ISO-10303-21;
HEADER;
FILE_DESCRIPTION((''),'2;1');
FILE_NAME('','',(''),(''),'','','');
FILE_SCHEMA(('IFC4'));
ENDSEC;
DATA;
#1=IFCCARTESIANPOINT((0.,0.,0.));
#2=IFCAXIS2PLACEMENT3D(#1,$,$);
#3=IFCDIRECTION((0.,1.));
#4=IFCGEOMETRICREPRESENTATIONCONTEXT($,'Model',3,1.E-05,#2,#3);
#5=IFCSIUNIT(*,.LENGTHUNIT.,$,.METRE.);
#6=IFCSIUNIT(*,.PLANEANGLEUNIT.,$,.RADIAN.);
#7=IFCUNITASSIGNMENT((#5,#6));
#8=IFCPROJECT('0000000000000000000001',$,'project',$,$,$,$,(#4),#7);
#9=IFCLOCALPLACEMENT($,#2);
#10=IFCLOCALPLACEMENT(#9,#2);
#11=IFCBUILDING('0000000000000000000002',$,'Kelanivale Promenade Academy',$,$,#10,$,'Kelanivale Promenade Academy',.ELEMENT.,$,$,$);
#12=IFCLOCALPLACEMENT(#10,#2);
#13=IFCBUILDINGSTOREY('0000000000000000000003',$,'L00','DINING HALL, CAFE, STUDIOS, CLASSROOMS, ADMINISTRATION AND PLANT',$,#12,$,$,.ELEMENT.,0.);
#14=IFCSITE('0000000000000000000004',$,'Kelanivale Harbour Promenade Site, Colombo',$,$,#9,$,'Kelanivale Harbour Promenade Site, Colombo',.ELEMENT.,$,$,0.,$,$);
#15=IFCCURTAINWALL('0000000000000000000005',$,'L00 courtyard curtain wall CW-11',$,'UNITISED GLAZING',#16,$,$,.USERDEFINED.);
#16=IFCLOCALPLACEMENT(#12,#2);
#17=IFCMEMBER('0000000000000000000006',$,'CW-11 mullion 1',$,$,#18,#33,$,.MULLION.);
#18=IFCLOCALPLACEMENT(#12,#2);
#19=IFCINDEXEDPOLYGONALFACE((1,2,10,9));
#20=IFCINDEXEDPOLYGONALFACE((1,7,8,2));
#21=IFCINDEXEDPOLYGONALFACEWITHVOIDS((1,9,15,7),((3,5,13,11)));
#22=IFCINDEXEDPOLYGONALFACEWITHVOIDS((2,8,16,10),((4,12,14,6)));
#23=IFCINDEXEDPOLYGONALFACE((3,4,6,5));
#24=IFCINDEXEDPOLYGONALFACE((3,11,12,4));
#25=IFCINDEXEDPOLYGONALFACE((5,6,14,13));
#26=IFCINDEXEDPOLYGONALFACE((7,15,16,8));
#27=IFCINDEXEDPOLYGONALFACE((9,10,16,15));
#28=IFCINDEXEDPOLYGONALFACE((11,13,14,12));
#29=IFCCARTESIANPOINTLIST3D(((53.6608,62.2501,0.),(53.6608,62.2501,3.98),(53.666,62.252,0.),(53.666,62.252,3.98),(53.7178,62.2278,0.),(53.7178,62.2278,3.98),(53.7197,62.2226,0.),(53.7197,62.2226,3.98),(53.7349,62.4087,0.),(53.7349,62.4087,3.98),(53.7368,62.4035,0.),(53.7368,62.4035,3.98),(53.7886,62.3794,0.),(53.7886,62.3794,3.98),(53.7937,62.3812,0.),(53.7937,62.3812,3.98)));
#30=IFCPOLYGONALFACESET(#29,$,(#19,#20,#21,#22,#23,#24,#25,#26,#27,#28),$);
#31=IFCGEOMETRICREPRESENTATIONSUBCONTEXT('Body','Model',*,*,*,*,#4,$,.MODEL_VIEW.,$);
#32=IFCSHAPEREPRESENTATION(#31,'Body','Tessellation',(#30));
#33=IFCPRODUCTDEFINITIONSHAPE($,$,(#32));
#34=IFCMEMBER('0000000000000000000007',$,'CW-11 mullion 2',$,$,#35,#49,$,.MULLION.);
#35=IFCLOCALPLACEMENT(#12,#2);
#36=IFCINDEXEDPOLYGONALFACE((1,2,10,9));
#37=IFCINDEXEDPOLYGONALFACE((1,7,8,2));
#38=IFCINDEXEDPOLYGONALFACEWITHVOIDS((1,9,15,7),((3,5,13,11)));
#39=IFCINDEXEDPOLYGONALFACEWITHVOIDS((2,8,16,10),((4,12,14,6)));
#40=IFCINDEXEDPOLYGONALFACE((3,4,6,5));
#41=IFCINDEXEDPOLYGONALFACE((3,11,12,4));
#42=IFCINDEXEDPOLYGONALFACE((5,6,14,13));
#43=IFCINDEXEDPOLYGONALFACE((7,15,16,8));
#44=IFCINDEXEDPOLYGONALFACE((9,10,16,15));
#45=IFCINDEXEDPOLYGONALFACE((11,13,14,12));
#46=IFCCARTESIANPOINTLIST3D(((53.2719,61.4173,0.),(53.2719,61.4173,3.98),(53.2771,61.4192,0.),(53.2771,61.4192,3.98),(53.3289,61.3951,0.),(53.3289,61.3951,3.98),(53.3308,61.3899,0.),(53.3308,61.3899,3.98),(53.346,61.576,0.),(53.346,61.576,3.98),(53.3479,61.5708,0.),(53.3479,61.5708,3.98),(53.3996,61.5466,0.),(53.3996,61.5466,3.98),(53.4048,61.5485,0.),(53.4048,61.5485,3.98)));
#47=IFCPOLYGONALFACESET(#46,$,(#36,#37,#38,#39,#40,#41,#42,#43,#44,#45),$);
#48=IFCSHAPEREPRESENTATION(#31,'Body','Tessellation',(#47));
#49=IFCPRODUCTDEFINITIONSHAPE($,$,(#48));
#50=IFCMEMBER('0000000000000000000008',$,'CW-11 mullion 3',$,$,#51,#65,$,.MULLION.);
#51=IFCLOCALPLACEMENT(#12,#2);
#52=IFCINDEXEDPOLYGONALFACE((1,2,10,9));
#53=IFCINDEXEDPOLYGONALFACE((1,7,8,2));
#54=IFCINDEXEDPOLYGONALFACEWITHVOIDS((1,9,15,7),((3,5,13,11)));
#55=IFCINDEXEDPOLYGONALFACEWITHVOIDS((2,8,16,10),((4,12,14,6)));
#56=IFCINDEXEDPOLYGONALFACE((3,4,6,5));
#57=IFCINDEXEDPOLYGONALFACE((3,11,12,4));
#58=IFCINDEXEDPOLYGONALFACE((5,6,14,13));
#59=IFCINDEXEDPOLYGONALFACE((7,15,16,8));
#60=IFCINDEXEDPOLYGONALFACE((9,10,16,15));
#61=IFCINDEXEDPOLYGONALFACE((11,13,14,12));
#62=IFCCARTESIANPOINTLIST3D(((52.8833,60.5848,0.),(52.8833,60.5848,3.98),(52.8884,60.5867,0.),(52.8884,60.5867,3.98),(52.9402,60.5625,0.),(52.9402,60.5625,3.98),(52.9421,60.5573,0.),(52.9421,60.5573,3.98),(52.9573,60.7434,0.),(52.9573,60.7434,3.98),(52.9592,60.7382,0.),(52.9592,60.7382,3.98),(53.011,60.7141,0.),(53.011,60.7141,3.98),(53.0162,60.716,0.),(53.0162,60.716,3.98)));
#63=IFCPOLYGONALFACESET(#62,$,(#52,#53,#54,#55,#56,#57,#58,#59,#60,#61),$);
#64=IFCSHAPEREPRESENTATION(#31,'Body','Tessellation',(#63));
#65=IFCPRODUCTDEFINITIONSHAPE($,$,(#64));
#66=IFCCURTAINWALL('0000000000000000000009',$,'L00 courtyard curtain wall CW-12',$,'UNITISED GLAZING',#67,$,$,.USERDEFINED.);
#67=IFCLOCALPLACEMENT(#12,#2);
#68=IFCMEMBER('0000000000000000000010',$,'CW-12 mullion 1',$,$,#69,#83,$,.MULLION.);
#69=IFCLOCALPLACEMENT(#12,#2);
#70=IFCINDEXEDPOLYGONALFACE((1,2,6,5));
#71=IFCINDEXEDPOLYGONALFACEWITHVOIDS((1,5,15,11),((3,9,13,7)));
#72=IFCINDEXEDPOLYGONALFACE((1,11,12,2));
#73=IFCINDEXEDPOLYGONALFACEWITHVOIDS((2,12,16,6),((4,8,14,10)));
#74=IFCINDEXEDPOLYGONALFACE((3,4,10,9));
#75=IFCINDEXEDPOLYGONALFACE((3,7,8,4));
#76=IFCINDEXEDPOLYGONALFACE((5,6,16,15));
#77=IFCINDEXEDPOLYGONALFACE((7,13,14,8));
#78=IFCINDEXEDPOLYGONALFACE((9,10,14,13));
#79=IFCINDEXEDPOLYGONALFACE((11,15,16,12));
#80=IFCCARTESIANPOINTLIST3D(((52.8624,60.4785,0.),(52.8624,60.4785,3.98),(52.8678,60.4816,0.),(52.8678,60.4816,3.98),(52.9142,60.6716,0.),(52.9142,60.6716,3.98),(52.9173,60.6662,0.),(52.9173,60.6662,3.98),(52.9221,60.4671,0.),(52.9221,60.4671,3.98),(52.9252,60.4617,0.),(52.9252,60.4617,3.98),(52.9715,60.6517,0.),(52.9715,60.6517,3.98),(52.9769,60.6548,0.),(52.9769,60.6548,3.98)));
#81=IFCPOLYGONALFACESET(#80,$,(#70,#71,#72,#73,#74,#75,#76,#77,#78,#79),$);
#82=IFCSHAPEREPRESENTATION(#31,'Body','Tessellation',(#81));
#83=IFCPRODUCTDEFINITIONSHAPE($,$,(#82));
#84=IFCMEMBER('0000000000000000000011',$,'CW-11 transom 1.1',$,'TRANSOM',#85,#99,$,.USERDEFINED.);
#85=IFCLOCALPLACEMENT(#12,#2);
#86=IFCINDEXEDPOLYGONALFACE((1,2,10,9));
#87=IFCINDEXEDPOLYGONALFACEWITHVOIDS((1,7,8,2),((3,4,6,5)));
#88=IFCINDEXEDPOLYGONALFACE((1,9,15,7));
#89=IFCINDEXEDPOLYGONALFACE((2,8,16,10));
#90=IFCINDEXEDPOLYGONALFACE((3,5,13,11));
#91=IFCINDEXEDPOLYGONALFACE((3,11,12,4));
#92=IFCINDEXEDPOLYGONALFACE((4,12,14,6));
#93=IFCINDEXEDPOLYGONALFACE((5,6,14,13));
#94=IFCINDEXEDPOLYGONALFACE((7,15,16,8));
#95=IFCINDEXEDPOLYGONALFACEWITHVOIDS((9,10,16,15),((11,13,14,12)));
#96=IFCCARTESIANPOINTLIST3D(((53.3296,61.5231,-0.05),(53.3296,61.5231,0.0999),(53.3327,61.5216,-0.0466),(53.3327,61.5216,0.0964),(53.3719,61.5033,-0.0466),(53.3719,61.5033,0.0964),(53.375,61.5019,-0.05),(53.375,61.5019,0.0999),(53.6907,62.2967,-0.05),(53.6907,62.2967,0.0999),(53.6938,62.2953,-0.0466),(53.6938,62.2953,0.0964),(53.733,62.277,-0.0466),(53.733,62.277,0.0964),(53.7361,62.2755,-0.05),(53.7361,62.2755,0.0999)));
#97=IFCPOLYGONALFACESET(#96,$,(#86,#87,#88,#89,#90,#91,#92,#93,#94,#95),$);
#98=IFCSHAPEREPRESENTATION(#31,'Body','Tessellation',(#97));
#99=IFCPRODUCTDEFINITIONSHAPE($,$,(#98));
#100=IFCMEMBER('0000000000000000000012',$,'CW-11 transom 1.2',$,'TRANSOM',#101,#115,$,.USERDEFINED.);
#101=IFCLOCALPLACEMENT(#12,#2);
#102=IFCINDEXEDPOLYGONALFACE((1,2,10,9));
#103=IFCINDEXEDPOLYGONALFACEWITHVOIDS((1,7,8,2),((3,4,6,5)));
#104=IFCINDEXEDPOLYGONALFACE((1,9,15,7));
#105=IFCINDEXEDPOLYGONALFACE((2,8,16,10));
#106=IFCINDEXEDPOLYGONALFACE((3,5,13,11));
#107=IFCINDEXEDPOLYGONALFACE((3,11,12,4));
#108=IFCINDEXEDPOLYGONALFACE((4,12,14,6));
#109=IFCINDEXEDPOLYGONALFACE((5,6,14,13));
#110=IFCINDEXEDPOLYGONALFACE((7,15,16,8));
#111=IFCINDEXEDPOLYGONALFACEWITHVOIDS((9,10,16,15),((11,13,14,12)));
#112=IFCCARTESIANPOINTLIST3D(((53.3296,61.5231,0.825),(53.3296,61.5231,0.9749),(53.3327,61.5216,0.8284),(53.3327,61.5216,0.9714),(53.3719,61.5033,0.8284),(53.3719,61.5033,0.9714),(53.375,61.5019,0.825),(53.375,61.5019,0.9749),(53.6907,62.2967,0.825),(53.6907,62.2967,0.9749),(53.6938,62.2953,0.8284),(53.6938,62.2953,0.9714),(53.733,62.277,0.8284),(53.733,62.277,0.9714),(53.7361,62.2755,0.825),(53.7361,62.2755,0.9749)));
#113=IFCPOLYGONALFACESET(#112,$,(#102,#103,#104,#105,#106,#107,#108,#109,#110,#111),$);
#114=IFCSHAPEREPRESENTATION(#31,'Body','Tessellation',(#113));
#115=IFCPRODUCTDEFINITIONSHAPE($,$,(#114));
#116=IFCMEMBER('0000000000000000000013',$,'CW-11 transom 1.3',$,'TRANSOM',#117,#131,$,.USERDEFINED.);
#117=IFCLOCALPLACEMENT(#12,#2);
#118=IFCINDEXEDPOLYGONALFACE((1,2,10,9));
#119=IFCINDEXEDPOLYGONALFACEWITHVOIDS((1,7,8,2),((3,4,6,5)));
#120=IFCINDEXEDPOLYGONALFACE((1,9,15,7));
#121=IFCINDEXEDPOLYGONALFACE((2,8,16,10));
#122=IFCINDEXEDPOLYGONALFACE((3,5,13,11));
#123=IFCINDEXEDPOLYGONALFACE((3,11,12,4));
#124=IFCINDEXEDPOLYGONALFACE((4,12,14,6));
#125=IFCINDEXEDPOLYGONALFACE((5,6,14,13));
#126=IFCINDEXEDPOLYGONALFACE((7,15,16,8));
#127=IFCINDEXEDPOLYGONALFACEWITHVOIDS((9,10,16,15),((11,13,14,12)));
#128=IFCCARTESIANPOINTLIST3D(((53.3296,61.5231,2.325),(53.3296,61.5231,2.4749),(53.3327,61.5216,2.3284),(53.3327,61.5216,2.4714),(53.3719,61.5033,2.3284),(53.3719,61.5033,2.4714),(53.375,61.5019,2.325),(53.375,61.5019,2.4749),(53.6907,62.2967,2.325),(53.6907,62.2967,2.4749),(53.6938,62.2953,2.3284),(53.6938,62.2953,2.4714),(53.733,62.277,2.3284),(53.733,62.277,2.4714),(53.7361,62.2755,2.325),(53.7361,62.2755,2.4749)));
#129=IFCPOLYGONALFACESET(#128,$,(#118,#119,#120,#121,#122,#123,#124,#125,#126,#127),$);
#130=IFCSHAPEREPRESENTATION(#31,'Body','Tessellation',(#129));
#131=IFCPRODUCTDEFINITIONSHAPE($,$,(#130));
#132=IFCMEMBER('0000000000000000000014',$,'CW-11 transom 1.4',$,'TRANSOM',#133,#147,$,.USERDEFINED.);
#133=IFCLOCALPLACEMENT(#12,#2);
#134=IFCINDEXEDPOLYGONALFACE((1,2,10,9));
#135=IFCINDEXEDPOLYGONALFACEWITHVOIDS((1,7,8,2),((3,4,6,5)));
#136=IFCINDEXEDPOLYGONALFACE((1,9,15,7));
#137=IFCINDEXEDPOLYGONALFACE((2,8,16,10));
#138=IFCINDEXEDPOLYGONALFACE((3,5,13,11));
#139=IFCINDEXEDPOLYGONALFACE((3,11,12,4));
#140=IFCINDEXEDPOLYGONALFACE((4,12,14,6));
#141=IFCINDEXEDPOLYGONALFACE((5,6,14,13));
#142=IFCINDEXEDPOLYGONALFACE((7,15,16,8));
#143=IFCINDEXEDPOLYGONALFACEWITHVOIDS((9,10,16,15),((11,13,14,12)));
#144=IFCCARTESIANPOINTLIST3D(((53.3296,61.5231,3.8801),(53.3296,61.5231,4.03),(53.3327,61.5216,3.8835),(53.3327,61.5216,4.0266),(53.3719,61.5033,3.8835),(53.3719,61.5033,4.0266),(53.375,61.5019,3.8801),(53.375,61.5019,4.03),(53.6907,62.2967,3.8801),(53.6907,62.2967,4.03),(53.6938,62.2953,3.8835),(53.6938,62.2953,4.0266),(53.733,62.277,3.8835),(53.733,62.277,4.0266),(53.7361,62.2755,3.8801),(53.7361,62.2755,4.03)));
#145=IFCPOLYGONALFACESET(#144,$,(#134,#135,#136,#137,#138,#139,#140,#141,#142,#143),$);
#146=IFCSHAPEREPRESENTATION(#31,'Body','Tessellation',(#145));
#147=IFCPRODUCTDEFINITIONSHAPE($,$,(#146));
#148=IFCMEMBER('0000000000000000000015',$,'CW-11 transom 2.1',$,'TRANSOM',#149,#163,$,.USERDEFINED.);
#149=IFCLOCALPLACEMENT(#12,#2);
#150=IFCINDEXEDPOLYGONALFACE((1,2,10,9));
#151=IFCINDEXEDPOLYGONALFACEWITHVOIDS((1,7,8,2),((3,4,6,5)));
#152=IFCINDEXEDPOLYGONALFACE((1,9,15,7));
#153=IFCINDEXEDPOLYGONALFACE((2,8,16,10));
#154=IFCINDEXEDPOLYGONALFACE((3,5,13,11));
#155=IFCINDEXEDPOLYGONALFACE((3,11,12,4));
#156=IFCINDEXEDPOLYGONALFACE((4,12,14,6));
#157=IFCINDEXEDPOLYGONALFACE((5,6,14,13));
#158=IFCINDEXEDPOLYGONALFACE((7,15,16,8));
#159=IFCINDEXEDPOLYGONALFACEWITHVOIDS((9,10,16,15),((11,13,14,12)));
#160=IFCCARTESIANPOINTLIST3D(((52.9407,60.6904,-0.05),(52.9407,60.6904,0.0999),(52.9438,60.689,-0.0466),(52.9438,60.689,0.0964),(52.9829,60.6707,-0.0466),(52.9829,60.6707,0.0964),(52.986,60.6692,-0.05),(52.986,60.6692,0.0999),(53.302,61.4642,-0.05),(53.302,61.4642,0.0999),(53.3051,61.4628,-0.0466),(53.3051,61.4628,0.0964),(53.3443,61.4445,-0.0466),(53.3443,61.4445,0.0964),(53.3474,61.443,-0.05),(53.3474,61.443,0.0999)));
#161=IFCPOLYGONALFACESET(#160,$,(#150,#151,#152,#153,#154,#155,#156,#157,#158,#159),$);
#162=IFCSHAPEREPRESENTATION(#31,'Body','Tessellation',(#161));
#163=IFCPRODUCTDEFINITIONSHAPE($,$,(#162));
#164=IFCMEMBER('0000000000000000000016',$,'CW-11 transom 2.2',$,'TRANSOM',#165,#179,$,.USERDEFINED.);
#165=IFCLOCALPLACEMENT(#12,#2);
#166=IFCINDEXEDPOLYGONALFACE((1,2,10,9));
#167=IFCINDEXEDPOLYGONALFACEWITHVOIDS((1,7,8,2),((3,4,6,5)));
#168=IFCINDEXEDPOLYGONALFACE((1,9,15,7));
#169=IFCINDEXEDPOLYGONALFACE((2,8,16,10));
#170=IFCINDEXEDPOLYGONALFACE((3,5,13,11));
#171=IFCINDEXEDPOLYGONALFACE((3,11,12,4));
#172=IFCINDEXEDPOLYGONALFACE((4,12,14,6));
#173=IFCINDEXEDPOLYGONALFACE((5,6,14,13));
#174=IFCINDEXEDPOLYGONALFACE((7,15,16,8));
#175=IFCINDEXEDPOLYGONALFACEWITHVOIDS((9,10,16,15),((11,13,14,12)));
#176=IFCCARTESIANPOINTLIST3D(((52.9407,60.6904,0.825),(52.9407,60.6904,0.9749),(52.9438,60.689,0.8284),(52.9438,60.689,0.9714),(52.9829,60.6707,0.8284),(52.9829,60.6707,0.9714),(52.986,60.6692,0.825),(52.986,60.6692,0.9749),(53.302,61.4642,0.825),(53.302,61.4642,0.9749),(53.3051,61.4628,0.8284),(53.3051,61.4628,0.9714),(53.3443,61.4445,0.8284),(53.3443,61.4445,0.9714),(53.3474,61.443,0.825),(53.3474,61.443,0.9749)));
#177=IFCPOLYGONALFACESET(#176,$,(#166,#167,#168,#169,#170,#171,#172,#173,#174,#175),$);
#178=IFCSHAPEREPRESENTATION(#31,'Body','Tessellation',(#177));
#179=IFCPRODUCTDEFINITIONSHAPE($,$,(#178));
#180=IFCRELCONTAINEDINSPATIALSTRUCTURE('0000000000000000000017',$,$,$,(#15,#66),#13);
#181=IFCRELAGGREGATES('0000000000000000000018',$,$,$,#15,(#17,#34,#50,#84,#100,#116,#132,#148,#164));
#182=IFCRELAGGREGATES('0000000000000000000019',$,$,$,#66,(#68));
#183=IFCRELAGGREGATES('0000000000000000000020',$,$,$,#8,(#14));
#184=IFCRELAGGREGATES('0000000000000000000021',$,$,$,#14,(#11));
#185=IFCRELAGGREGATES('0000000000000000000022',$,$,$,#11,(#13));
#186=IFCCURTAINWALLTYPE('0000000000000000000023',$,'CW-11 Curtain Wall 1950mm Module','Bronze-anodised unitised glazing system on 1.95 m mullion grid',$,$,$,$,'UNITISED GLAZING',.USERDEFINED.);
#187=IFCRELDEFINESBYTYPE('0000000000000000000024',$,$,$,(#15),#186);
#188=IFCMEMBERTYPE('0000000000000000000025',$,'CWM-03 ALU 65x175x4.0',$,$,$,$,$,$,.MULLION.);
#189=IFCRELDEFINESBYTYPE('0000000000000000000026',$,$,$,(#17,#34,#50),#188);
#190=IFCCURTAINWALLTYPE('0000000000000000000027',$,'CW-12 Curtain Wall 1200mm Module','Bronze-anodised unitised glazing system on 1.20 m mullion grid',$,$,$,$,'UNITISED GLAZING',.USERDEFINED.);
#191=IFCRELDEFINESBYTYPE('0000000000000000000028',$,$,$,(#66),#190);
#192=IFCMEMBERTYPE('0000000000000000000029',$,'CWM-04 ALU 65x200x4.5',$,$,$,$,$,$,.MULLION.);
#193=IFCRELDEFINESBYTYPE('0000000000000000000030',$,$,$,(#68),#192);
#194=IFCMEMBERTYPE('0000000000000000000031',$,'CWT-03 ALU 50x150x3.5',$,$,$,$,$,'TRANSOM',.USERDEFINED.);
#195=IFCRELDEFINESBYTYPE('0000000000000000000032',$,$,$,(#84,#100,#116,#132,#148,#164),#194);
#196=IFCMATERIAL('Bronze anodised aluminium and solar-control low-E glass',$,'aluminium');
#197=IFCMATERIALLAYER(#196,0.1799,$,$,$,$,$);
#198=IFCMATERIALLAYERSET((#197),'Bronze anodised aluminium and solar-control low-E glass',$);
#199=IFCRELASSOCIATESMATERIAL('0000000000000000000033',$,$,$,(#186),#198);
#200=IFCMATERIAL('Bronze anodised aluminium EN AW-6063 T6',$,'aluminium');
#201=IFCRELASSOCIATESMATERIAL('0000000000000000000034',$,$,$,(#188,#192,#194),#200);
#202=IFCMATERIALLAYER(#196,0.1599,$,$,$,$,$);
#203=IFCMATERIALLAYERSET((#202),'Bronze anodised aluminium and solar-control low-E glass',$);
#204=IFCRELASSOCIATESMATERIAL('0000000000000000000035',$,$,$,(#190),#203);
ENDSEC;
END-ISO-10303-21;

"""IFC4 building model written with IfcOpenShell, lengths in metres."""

from ifc_helpers import new_model, si_unit, direction, frame, origin, origin_2d, place, context, subcontext, project, spatial, hollow_rectangle, extrude, material, layer, layer_set, material_profile, profile_set, type_object, element, aggregate, save


model = new_model("IFC4")

# Units and contexts
model_context = context("Model", 3, precision=1e-05, world=origin(), true_north=direction((0.0, 1.0)))
body_context = subcontext(model_context, "Body", "Model", "MODEL_VIEW")
ifc_project = project(units=[si_unit("LENGTHUNIT", "METRE"), si_unit("PLANEANGLEUNIT", "RADIAN")], contexts=[model_context])

# Site, building, storey
site_placement = place(None, origin())
site = spatial("IfcSite", under=ifc_project, at=site_placement, Name="Kelanivale Harbour Promenade Site, Colombo", LongName="Kelanivale Harbour Promenade Site, Colombo", CompositionType="ELEMENT", RefElevation=0.0)
building_placement = place(site_placement, origin())
building = spatial("IfcBuilding", under=site, at=building_placement, Name="Kelanivale Promenade Academy", LongName="Kelanivale Promenade Academy", CompositionType="ELEMENT")
storey_placement = place(building_placement, origin())
storey = spatial("IfcBuildingStorey", under=building, at=storey_placement, Name="L00", Description="DINING HALL, CAFE, STUDIOS, CLASSROOMS, ADMINISTRATION AND PLANT", CompositionType="ELEMENT", Elevation=0.0)

# Curtain wall, members
ifc_material_1 = material(Name="Bronze anodised aluminium and solar-control low-E glass", Category="aluminium")
ifc_layer_1 = layer(ifc_material_1, 0.1799)
ifc_layer_set_1 = layer_set([ifc_layer_1], Name="Bronze anodised aluminium and solar-control low-E glass")
curtain_wall_type_1 = type_object("IfcCurtainWallType", Name="CW-11 Curtain Wall 1950mm Module", Description="Bronze-anodised unitised glazing system on 1.95 m mullion grid", ElementType="UNITISED GLAZING", PredefinedType="USERDEFINED", material=ifc_layer_set_1)
curtain_wall_1_placement = place(storey_placement, origin())
curtain_wall_1 = element("IfcCurtainWall", 1, at=curtain_wall_1_placement, inside=storey, type_object=curtain_wall_type_1, Name="L00 courtyard curtain wall CW-11", ObjectType="UNITISED GLAZING", PredefinedType="USERDEFINED")
ifc_material_2 = material(Name="Bronze anodised aluminium EN AW-6063 T6", Category="aluminium")
ifc_material_profile_1 = material_profile(ifc_material_2, hollow_rectangle(XDim=0.0649, YDim=0.175, WallThickness=0.0039, at=origin_2d()), Name="ALU 65x175x4.0")
ifc_profile_set_1 = profile_set([ifc_material_profile_1], Name="Bronze anodised aluminium EN AW-6063 T6")
member_type_1 = type_object("IfcMemberType", Name="CWM-03 ALU 65x175x4.0", PredefinedType="MULLION", material=ifc_profile_set_1)
member_1_placement = place(storey_placement, frame((53.7273, 62.3157, 0.0), z_axis=(0.0, 0.0, 1.0), x_axis=(0.906089, -0.423087, 0.0)))
member_1 = element("IfcMember", 2, at=member_1_placement, type_object=member_type_1, Name="CW-11 mullion 1", PredefinedType="MULLION", context=body_context, shape_type="SweptSolid", body=[
    extrude(hollow_rectangle(XDim=0.0649, YDim=0.175, WallThickness=0.0039, at=origin_2d()), origin(), (0.0, 0.0, 1.0), 3.98),
])
member_2_placement = place(storey_placement, frame((53.3384, 61.4829, 0.0), z_axis=(0.0, 0.0, 1.0), x_axis=(0.906089, -0.423087, 0.0)))
member_2 = element("IfcMember", 3, at=member_2_placement, type_object=member_type_1, Name="CW-11 mullion 2", PredefinedType="MULLION", context=body_context, shape_type="SweptSolid", body=[
    extrude(hollow_rectangle(XDim=0.0649, YDim=0.175, WallThickness=0.0039, at=origin_2d()), origin(), (0.0, 0.0, 1.0), 3.98),
])
member_3_placement = place(storey_placement, frame((52.9497, 60.6504, 0.0), z_axis=(0.0, 0.0, 1.0), x_axis=(0.906089, -0.423087, 0.0)))
member_3 = element("IfcMember", 4, at=member_3_placement, type_object=member_type_1, Name="CW-11 mullion 3", PredefinedType="MULLION", context=body_context, shape_type="SweptSolid", body=[
    extrude(hollow_rectangle(XDim=0.0649, YDim=0.175, WallThickness=0.0039, at=origin_2d()), origin(), (0.0, 0.0, 1.0), 3.98),
])

# Curtain wall, member
ifc_layer_2 = layer(ifc_material_1, 0.1599)
ifc_layer_set_2 = layer_set([ifc_layer_2], Name="Bronze anodised aluminium and solar-control low-E glass")
curtain_wall_type_2 = type_object("IfcCurtainWallType", Name="CW-12 Curtain Wall 1200mm Module", Description="Bronze-anodised unitised glazing system on 1.20 m mullion grid", ElementType="UNITISED GLAZING", PredefinedType="USERDEFINED", material=ifc_layer_set_2)
curtain_wall_2_placement = place(storey_placement, origin())
curtain_wall_2 = element("IfcCurtainWall", 5, at=curtain_wall_2_placement, inside=storey, type_object=curtain_wall_type_2, Name="L00 courtyard curtain wall CW-12", ObjectType="UNITISED GLAZING", PredefinedType="USERDEFINED")
ifc_material_profile_2 = material_profile(ifc_material_2, hollow_rectangle(XDim=0.0649, YDim=0.2, WallThickness=0.0044, at=origin_2d()), Name="ALU 65x200x4.5")
ifc_profile_set_2 = profile_set([ifc_material_profile_2], Name="Bronze anodised aluminium EN AW-6063 T6")
member_type_2 = type_object("IfcMemberType", Name="CWM-04 ALU 65x200x4.5", PredefinedType="MULLION", material=ifc_profile_set_2)
member_4_placement = place(storey_placement, frame((52.9197, 60.5667, 0.0), z_axis=(0.0, 0.0, 1.0), x_axis=(0.965957, -0.258701, 0.0)))
member_4 = element("IfcMember", 6, at=member_4_placement, type_object=member_type_2, Name="CW-12 mullion 1", PredefinedType="MULLION", context=body_context, shape_type="SweptSolid", body=[
    extrude(hollow_rectangle(XDim=0.0649, YDim=0.2, WallThickness=0.0044, at=origin_2d()), origin(), (0.0, 0.0, 1.0), 3.98),
])

# Members
ifc_material_profile_3 = material_profile(ifc_material_2, hollow_rectangle(XDim=0.05, YDim=0.1499, WallThickness=0.0034, at=origin_2d()), Name="ALU 50x150x3.5")
ifc_profile_set_3 = profile_set([ifc_material_profile_3], Name="Bronze anodised aluminium EN AW-6063 T6")
member_type_3 = type_object("IfcMemberType", Name="CWT-03 ALU 50x150x3.5", ElementType="TRANSOM", PredefinedType="USERDEFINED", material=ifc_profile_set_3)
member_5_placement = place(storey_placement, frame((53.7134, 62.2861, 0.0249), z_axis=(-0.422917, -0.906169, 0.0), x_axis=(0.906169, -0.422917, 0.0)))
member_5 = element("IfcMember", 7, at=member_5_placement, type_object=member_type_3, Name="CW-11 transom 1.1", ObjectType="TRANSOM", PredefinedType="USERDEFINED", context=body_context, shape_type="SweptSolid", body=[
    extrude(hollow_rectangle(XDim=0.05, YDim=0.1499, WallThickness=0.0034, at=origin_2d()), origin(), (0.0, 0.0, 1.0), 0.8538),
])
member_6_placement = place(storey_placement, frame((53.7134, 62.2861, 0.8999), z_axis=(-0.422917, -0.906169, 0.0), x_axis=(0.906169, -0.422917, 0.0)))
member_6 = element("IfcMember", 8, at=member_6_placement, type_object=member_type_3, Name="CW-11 transom 1.2", ObjectType="TRANSOM", PredefinedType="USERDEFINED", context=body_context, shape_type="SweptSolid", body=[
    extrude(hollow_rectangle(XDim=0.05, YDim=0.1499, WallThickness=0.0034, at=origin_2d()), origin(), (0.0, 0.0, 1.0), 0.8538),
])
member_7_placement = place(storey_placement, frame((53.7134, 62.2861, 2.3999), z_axis=(-0.422917, -0.906169, 0.0), x_axis=(0.906169, -0.422917, 0.0)))
member_7 = element("IfcMember", 9, at=member_7_placement, type_object=member_type_3, Name="CW-11 transom 1.3", ObjectType="TRANSOM", PredefinedType="USERDEFINED", context=body_context, shape_type="SweptSolid", body=[
    extrude(hollow_rectangle(XDim=0.05, YDim=0.1499, WallThickness=0.0034, at=origin_2d()), origin(), (0.0, 0.0, 1.0), 0.8538),
])
member_8_placement = place(storey_placement, frame((53.7134, 62.2861, 3.9551), z_axis=(-0.422917, -0.906169, 0.0), x_axis=(0.906169, -0.422917, 0.0)))
member_8 = element("IfcMember", 10, at=member_8_placement, type_object=member_type_3, Name="CW-11 transom 1.4", ObjectType="TRANSOM", PredefinedType="USERDEFINED", context=body_context, shape_type="SweptSolid", body=[
    extrude(hollow_rectangle(XDim=0.05, YDim=0.1499, WallThickness=0.0034, at=origin_2d()), origin(), (0.0, 0.0, 1.0), 0.8538),
])
member_9_placement = place(storey_placement, frame((53.3247, 61.4536, 0.0249), z_axis=(-0.423152, -0.906059, 0.0), x_axis=(0.906059, -0.423152, 0.0)))
member_9 = element("IfcMember", 11, at=member_9_placement, type_object=member_type_3, Name="CW-11 transom 2.1", ObjectType="TRANSOM", PredefinedType="USERDEFINED", context=body_context, shape_type="SweptSolid", body=[
    extrude(hollow_rectangle(XDim=0.05, YDim=0.1499, WallThickness=0.0034, at=origin_2d()), origin(), (0.0, 0.0, 1.0), 0.854),
])
member_10_placement = place(storey_placement, frame((53.3247, 61.4536, 0.8999), z_axis=(-0.423152, -0.906059, 0.0), x_axis=(0.906059, -0.423152, 0.0)))
member_10 = element("IfcMember", 12, at=member_10_placement, type_object=member_type_3, Name="CW-11 transom 2.2", ObjectType="TRANSOM", PredefinedType="USERDEFINED", context=body_context, shape_type="SweptSolid", body=[
    extrude(hollow_rectangle(XDim=0.05, YDim=0.1499, WallThickness=0.0034, at=origin_2d()), origin(), (0.0, 0.0, 1.0), 0.854),
])

aggregate(curtain_wall_1, [member_1, member_2, member_3, member_5, member_6, member_7, member_8, member_9, member_10])
aggregate(curtain_wall_2, [member_4])

save(model, "model.ifc")
